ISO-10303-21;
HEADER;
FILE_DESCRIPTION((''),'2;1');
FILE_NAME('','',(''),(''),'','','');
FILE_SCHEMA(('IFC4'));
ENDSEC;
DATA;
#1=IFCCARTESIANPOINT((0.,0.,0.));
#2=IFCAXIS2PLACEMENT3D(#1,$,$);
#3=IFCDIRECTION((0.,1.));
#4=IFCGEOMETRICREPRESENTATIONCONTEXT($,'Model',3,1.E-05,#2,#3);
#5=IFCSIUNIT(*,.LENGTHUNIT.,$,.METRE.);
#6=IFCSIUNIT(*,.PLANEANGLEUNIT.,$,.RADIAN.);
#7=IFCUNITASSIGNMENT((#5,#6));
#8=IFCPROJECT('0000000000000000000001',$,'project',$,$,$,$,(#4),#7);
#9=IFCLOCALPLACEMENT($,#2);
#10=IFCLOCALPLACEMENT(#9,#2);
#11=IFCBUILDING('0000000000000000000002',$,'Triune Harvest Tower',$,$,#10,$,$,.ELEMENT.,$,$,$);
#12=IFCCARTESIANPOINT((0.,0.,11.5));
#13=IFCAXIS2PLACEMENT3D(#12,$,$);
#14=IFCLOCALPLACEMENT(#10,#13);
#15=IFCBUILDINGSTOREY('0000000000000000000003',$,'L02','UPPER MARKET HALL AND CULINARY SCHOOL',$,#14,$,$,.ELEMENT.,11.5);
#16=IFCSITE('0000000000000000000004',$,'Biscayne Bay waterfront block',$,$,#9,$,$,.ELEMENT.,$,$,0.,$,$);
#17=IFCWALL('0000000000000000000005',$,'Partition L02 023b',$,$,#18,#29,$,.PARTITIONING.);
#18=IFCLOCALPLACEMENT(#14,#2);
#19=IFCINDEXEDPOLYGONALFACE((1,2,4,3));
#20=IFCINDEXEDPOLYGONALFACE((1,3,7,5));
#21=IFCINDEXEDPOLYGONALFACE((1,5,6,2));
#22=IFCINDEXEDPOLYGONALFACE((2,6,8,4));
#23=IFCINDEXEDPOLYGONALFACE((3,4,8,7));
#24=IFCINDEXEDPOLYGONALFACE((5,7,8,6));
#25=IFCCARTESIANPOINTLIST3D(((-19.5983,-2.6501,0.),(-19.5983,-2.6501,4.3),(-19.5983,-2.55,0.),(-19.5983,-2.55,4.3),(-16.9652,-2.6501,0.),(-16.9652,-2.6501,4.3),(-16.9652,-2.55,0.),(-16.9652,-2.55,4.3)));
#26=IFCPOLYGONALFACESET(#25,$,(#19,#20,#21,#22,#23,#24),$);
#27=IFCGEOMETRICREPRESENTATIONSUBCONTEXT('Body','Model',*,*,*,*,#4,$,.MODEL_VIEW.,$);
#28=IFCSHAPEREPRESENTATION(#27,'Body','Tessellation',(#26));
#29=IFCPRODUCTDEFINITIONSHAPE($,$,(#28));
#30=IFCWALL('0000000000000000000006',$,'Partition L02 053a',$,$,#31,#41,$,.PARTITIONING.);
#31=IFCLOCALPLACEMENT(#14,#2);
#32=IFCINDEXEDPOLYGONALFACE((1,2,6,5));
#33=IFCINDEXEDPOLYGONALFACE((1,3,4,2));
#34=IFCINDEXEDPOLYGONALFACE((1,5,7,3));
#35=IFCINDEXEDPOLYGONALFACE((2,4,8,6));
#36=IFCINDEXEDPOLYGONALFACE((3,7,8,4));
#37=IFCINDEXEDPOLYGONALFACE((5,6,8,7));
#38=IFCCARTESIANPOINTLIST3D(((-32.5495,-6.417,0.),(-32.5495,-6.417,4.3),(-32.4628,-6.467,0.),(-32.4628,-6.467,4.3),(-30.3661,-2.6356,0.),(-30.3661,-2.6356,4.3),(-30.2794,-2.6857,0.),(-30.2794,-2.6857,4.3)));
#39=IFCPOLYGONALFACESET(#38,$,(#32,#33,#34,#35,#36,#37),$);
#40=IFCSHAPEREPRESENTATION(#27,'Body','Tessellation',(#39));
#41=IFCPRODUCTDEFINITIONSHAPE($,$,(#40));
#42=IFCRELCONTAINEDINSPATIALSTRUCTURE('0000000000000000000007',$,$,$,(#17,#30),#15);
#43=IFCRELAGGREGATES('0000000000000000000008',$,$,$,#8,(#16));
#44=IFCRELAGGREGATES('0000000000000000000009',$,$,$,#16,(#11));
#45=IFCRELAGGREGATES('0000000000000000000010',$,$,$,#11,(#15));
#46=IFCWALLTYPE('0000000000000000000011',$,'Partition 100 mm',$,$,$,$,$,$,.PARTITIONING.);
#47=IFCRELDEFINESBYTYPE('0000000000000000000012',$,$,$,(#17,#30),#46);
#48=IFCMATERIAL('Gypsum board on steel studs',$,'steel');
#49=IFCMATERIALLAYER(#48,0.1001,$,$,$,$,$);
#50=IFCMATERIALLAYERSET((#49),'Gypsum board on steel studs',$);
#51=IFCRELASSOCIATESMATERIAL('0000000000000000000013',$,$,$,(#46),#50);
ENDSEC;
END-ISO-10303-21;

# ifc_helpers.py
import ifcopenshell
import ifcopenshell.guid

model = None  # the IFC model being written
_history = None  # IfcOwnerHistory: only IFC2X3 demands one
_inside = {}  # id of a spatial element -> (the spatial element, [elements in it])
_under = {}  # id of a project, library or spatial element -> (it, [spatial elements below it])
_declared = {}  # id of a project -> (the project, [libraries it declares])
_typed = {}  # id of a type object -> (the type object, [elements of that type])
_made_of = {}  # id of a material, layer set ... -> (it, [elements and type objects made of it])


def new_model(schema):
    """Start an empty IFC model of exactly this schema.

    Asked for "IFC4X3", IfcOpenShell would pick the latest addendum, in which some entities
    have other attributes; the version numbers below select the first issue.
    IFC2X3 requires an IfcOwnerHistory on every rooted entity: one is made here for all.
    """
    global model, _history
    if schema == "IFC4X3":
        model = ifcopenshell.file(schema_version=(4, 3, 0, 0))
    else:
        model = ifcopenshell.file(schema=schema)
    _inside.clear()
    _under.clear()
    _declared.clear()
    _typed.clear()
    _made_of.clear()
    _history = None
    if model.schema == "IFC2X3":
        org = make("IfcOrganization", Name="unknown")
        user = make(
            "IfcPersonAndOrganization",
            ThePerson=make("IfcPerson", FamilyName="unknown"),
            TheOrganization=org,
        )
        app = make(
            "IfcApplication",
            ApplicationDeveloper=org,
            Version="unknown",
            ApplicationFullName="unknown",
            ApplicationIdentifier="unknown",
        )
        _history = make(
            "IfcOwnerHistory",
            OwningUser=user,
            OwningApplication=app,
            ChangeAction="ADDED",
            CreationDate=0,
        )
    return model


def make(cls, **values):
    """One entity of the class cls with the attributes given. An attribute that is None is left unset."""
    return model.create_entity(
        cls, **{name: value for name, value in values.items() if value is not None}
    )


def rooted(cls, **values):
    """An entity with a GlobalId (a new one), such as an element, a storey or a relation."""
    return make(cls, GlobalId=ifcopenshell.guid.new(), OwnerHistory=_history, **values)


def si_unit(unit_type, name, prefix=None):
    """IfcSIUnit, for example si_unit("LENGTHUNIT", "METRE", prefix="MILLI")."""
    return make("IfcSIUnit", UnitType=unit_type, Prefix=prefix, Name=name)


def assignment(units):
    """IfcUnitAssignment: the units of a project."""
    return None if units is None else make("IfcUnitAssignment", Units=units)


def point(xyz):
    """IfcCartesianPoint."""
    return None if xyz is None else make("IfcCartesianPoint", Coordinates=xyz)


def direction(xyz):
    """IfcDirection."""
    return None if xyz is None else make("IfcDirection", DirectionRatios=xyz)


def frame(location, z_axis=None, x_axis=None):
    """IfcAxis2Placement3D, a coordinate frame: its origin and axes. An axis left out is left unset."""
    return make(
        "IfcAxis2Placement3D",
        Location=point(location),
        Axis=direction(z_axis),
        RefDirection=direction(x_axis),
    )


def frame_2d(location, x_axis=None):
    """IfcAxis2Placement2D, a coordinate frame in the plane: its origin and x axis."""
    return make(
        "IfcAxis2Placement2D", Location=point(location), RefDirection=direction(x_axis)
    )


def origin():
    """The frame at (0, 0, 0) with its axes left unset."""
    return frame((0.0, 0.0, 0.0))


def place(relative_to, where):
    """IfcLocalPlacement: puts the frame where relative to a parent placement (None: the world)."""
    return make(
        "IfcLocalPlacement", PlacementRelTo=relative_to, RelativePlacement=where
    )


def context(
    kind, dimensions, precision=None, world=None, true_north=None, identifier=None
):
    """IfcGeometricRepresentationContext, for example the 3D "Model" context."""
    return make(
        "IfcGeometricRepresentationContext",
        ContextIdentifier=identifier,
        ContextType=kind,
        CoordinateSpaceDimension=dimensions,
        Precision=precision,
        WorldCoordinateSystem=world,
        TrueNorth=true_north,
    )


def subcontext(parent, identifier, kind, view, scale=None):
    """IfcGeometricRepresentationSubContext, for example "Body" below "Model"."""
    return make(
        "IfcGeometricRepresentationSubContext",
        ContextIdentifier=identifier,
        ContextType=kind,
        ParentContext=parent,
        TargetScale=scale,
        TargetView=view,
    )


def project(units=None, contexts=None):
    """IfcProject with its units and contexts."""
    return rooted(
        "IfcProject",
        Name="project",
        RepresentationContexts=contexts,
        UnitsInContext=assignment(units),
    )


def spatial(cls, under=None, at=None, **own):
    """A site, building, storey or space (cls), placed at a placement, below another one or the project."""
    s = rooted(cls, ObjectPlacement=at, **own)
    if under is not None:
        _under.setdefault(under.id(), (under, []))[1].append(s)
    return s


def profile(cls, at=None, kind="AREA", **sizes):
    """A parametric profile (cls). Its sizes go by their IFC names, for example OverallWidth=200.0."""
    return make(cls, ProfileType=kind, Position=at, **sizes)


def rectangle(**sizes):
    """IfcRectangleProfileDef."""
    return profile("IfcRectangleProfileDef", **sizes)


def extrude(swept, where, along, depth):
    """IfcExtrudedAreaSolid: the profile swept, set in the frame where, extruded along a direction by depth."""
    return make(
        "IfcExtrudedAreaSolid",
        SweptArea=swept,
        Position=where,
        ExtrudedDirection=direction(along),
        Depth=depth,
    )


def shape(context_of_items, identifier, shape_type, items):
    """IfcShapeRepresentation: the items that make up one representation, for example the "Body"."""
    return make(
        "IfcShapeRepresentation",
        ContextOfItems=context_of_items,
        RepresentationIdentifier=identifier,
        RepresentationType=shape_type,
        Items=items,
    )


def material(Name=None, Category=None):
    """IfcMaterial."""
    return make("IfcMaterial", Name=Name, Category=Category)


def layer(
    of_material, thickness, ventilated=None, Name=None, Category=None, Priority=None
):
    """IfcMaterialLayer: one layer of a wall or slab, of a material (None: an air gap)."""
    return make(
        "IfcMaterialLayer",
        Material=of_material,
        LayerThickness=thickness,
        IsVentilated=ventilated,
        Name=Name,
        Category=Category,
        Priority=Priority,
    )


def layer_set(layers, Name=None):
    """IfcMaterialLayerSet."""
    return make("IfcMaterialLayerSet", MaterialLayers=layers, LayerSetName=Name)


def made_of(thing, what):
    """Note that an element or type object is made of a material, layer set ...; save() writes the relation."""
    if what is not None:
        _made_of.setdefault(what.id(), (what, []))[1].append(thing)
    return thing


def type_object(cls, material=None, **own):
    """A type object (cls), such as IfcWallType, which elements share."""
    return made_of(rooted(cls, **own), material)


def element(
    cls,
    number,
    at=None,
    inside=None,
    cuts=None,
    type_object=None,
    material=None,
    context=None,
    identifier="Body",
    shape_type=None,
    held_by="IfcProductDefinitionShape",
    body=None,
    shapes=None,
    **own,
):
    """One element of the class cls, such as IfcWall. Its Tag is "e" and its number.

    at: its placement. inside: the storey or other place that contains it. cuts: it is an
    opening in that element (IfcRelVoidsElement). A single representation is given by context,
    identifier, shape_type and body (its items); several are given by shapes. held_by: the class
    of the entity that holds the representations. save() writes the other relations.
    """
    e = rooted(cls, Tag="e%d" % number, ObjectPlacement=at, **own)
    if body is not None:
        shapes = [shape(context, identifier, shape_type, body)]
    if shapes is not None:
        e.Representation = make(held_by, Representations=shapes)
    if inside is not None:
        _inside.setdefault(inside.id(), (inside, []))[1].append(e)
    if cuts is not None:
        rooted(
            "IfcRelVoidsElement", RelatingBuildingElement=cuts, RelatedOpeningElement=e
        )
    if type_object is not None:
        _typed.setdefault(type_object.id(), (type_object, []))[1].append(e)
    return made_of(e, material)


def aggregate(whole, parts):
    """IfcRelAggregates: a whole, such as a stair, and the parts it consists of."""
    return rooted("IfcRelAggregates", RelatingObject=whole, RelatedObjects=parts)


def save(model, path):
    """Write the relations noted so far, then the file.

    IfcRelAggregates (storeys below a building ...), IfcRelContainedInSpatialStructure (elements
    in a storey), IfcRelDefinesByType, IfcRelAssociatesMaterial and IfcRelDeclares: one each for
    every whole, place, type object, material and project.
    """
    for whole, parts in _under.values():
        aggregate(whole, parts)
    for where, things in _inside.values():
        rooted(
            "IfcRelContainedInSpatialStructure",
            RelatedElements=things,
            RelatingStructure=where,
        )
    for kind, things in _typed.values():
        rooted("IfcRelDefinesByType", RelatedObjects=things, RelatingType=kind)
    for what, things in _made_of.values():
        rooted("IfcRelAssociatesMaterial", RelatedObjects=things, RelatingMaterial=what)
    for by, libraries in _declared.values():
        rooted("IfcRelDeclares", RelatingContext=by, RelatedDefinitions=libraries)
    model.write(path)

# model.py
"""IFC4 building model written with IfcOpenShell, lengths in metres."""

from ifc_helpers import new_model, si_unit, direction, frame, frame_2d, origin, place, context, subcontext, project, spatial, rectangle, extrude, material, layer, layer_set, type_object, element, save


model = new_model("IFC4")

# Units and contexts
model_context = context("Model", 3, precision=1e-05, world=origin(), true_north=direction((0.0, 1.0)))
body_context = subcontext(model_context, "Body", "Model", "MODEL_VIEW")
ifc_project = project(units=[si_unit("LENGTHUNIT", "METRE"), si_unit("PLANEANGLEUNIT", "RADIAN")], contexts=[model_context])

# Site, building, storey
site_placement = place(None, origin())
site = spatial("IfcSite", under=ifc_project, at=site_placement, Name="Biscayne Bay waterfront block", CompositionType="ELEMENT", RefElevation=0.0)
building_placement = place(site_placement, origin())
building = spatial("IfcBuilding", under=site, at=building_placement, Name="Triune Harvest Tower", CompositionType="ELEMENT")
storey_placement = place(building_placement, frame((0.0, 0.0, 11.5)))
storey = spatial("IfcBuildingStorey", under=building, at=storey_placement, Name="L02", Description="UPPER MARKET HALL AND CULINARY SCHOOL", CompositionType="ELEMENT", Elevation=11.5)

# Walls
ifc_material_1 = material(Name="Gypsum board on steel studs", Category="steel")
ifc_layer_1 = layer(ifc_material_1, 0.1001)
ifc_layer_set_1 = layer_set([ifc_layer_1], Name="Gypsum board on steel studs")
wall_type = type_object("IfcWallType", Name="Partition 100 mm", PredefinedType="PARTITIONING", material=ifc_layer_set_1)
wall_1_placement = place(storey_placement, frame((-19.5981, -2.6001, 0.0), z_axis=(0.0, 0.0, 1.0), x_axis=(1.0, 0.0, 0.0)))
element("IfcWall", 1, at=wall_1_placement, inside=storey, type_object=wall_type, Name="Partition L02 023b", PredefinedType="PARTITIONING", context=body_context, shape_type="SweptSolid", body=[
    extrude(rectangle(XDim=2.6331, YDim=0.1001, at=frame_2d((1.3164, 0.0))), origin(), (0.0, 0.0, 1.0), 4.3),
])
wall_2_placement = place(storey_placement, frame((-32.5061, -6.4419, 0.0), z_axis=(0.0, 0.0, 1.0), x_axis=(0.500042, 0.866001, 0.0)))
element("IfcWall", 2, at=wall_2_placement, inside=storey, type_object=wall_type, Name="Partition L02 053a", PredefinedType="PARTITIONING", context=body_context, shape_type="SweptSolid", body=[
    extrude(rectangle(XDim=4.3665, YDim=0.1001, at=frame_2d((2.1831, 0.0))), origin(), (0.0, 0.0, 1.0), 4.3),
])

save(model, "model.ifc")
